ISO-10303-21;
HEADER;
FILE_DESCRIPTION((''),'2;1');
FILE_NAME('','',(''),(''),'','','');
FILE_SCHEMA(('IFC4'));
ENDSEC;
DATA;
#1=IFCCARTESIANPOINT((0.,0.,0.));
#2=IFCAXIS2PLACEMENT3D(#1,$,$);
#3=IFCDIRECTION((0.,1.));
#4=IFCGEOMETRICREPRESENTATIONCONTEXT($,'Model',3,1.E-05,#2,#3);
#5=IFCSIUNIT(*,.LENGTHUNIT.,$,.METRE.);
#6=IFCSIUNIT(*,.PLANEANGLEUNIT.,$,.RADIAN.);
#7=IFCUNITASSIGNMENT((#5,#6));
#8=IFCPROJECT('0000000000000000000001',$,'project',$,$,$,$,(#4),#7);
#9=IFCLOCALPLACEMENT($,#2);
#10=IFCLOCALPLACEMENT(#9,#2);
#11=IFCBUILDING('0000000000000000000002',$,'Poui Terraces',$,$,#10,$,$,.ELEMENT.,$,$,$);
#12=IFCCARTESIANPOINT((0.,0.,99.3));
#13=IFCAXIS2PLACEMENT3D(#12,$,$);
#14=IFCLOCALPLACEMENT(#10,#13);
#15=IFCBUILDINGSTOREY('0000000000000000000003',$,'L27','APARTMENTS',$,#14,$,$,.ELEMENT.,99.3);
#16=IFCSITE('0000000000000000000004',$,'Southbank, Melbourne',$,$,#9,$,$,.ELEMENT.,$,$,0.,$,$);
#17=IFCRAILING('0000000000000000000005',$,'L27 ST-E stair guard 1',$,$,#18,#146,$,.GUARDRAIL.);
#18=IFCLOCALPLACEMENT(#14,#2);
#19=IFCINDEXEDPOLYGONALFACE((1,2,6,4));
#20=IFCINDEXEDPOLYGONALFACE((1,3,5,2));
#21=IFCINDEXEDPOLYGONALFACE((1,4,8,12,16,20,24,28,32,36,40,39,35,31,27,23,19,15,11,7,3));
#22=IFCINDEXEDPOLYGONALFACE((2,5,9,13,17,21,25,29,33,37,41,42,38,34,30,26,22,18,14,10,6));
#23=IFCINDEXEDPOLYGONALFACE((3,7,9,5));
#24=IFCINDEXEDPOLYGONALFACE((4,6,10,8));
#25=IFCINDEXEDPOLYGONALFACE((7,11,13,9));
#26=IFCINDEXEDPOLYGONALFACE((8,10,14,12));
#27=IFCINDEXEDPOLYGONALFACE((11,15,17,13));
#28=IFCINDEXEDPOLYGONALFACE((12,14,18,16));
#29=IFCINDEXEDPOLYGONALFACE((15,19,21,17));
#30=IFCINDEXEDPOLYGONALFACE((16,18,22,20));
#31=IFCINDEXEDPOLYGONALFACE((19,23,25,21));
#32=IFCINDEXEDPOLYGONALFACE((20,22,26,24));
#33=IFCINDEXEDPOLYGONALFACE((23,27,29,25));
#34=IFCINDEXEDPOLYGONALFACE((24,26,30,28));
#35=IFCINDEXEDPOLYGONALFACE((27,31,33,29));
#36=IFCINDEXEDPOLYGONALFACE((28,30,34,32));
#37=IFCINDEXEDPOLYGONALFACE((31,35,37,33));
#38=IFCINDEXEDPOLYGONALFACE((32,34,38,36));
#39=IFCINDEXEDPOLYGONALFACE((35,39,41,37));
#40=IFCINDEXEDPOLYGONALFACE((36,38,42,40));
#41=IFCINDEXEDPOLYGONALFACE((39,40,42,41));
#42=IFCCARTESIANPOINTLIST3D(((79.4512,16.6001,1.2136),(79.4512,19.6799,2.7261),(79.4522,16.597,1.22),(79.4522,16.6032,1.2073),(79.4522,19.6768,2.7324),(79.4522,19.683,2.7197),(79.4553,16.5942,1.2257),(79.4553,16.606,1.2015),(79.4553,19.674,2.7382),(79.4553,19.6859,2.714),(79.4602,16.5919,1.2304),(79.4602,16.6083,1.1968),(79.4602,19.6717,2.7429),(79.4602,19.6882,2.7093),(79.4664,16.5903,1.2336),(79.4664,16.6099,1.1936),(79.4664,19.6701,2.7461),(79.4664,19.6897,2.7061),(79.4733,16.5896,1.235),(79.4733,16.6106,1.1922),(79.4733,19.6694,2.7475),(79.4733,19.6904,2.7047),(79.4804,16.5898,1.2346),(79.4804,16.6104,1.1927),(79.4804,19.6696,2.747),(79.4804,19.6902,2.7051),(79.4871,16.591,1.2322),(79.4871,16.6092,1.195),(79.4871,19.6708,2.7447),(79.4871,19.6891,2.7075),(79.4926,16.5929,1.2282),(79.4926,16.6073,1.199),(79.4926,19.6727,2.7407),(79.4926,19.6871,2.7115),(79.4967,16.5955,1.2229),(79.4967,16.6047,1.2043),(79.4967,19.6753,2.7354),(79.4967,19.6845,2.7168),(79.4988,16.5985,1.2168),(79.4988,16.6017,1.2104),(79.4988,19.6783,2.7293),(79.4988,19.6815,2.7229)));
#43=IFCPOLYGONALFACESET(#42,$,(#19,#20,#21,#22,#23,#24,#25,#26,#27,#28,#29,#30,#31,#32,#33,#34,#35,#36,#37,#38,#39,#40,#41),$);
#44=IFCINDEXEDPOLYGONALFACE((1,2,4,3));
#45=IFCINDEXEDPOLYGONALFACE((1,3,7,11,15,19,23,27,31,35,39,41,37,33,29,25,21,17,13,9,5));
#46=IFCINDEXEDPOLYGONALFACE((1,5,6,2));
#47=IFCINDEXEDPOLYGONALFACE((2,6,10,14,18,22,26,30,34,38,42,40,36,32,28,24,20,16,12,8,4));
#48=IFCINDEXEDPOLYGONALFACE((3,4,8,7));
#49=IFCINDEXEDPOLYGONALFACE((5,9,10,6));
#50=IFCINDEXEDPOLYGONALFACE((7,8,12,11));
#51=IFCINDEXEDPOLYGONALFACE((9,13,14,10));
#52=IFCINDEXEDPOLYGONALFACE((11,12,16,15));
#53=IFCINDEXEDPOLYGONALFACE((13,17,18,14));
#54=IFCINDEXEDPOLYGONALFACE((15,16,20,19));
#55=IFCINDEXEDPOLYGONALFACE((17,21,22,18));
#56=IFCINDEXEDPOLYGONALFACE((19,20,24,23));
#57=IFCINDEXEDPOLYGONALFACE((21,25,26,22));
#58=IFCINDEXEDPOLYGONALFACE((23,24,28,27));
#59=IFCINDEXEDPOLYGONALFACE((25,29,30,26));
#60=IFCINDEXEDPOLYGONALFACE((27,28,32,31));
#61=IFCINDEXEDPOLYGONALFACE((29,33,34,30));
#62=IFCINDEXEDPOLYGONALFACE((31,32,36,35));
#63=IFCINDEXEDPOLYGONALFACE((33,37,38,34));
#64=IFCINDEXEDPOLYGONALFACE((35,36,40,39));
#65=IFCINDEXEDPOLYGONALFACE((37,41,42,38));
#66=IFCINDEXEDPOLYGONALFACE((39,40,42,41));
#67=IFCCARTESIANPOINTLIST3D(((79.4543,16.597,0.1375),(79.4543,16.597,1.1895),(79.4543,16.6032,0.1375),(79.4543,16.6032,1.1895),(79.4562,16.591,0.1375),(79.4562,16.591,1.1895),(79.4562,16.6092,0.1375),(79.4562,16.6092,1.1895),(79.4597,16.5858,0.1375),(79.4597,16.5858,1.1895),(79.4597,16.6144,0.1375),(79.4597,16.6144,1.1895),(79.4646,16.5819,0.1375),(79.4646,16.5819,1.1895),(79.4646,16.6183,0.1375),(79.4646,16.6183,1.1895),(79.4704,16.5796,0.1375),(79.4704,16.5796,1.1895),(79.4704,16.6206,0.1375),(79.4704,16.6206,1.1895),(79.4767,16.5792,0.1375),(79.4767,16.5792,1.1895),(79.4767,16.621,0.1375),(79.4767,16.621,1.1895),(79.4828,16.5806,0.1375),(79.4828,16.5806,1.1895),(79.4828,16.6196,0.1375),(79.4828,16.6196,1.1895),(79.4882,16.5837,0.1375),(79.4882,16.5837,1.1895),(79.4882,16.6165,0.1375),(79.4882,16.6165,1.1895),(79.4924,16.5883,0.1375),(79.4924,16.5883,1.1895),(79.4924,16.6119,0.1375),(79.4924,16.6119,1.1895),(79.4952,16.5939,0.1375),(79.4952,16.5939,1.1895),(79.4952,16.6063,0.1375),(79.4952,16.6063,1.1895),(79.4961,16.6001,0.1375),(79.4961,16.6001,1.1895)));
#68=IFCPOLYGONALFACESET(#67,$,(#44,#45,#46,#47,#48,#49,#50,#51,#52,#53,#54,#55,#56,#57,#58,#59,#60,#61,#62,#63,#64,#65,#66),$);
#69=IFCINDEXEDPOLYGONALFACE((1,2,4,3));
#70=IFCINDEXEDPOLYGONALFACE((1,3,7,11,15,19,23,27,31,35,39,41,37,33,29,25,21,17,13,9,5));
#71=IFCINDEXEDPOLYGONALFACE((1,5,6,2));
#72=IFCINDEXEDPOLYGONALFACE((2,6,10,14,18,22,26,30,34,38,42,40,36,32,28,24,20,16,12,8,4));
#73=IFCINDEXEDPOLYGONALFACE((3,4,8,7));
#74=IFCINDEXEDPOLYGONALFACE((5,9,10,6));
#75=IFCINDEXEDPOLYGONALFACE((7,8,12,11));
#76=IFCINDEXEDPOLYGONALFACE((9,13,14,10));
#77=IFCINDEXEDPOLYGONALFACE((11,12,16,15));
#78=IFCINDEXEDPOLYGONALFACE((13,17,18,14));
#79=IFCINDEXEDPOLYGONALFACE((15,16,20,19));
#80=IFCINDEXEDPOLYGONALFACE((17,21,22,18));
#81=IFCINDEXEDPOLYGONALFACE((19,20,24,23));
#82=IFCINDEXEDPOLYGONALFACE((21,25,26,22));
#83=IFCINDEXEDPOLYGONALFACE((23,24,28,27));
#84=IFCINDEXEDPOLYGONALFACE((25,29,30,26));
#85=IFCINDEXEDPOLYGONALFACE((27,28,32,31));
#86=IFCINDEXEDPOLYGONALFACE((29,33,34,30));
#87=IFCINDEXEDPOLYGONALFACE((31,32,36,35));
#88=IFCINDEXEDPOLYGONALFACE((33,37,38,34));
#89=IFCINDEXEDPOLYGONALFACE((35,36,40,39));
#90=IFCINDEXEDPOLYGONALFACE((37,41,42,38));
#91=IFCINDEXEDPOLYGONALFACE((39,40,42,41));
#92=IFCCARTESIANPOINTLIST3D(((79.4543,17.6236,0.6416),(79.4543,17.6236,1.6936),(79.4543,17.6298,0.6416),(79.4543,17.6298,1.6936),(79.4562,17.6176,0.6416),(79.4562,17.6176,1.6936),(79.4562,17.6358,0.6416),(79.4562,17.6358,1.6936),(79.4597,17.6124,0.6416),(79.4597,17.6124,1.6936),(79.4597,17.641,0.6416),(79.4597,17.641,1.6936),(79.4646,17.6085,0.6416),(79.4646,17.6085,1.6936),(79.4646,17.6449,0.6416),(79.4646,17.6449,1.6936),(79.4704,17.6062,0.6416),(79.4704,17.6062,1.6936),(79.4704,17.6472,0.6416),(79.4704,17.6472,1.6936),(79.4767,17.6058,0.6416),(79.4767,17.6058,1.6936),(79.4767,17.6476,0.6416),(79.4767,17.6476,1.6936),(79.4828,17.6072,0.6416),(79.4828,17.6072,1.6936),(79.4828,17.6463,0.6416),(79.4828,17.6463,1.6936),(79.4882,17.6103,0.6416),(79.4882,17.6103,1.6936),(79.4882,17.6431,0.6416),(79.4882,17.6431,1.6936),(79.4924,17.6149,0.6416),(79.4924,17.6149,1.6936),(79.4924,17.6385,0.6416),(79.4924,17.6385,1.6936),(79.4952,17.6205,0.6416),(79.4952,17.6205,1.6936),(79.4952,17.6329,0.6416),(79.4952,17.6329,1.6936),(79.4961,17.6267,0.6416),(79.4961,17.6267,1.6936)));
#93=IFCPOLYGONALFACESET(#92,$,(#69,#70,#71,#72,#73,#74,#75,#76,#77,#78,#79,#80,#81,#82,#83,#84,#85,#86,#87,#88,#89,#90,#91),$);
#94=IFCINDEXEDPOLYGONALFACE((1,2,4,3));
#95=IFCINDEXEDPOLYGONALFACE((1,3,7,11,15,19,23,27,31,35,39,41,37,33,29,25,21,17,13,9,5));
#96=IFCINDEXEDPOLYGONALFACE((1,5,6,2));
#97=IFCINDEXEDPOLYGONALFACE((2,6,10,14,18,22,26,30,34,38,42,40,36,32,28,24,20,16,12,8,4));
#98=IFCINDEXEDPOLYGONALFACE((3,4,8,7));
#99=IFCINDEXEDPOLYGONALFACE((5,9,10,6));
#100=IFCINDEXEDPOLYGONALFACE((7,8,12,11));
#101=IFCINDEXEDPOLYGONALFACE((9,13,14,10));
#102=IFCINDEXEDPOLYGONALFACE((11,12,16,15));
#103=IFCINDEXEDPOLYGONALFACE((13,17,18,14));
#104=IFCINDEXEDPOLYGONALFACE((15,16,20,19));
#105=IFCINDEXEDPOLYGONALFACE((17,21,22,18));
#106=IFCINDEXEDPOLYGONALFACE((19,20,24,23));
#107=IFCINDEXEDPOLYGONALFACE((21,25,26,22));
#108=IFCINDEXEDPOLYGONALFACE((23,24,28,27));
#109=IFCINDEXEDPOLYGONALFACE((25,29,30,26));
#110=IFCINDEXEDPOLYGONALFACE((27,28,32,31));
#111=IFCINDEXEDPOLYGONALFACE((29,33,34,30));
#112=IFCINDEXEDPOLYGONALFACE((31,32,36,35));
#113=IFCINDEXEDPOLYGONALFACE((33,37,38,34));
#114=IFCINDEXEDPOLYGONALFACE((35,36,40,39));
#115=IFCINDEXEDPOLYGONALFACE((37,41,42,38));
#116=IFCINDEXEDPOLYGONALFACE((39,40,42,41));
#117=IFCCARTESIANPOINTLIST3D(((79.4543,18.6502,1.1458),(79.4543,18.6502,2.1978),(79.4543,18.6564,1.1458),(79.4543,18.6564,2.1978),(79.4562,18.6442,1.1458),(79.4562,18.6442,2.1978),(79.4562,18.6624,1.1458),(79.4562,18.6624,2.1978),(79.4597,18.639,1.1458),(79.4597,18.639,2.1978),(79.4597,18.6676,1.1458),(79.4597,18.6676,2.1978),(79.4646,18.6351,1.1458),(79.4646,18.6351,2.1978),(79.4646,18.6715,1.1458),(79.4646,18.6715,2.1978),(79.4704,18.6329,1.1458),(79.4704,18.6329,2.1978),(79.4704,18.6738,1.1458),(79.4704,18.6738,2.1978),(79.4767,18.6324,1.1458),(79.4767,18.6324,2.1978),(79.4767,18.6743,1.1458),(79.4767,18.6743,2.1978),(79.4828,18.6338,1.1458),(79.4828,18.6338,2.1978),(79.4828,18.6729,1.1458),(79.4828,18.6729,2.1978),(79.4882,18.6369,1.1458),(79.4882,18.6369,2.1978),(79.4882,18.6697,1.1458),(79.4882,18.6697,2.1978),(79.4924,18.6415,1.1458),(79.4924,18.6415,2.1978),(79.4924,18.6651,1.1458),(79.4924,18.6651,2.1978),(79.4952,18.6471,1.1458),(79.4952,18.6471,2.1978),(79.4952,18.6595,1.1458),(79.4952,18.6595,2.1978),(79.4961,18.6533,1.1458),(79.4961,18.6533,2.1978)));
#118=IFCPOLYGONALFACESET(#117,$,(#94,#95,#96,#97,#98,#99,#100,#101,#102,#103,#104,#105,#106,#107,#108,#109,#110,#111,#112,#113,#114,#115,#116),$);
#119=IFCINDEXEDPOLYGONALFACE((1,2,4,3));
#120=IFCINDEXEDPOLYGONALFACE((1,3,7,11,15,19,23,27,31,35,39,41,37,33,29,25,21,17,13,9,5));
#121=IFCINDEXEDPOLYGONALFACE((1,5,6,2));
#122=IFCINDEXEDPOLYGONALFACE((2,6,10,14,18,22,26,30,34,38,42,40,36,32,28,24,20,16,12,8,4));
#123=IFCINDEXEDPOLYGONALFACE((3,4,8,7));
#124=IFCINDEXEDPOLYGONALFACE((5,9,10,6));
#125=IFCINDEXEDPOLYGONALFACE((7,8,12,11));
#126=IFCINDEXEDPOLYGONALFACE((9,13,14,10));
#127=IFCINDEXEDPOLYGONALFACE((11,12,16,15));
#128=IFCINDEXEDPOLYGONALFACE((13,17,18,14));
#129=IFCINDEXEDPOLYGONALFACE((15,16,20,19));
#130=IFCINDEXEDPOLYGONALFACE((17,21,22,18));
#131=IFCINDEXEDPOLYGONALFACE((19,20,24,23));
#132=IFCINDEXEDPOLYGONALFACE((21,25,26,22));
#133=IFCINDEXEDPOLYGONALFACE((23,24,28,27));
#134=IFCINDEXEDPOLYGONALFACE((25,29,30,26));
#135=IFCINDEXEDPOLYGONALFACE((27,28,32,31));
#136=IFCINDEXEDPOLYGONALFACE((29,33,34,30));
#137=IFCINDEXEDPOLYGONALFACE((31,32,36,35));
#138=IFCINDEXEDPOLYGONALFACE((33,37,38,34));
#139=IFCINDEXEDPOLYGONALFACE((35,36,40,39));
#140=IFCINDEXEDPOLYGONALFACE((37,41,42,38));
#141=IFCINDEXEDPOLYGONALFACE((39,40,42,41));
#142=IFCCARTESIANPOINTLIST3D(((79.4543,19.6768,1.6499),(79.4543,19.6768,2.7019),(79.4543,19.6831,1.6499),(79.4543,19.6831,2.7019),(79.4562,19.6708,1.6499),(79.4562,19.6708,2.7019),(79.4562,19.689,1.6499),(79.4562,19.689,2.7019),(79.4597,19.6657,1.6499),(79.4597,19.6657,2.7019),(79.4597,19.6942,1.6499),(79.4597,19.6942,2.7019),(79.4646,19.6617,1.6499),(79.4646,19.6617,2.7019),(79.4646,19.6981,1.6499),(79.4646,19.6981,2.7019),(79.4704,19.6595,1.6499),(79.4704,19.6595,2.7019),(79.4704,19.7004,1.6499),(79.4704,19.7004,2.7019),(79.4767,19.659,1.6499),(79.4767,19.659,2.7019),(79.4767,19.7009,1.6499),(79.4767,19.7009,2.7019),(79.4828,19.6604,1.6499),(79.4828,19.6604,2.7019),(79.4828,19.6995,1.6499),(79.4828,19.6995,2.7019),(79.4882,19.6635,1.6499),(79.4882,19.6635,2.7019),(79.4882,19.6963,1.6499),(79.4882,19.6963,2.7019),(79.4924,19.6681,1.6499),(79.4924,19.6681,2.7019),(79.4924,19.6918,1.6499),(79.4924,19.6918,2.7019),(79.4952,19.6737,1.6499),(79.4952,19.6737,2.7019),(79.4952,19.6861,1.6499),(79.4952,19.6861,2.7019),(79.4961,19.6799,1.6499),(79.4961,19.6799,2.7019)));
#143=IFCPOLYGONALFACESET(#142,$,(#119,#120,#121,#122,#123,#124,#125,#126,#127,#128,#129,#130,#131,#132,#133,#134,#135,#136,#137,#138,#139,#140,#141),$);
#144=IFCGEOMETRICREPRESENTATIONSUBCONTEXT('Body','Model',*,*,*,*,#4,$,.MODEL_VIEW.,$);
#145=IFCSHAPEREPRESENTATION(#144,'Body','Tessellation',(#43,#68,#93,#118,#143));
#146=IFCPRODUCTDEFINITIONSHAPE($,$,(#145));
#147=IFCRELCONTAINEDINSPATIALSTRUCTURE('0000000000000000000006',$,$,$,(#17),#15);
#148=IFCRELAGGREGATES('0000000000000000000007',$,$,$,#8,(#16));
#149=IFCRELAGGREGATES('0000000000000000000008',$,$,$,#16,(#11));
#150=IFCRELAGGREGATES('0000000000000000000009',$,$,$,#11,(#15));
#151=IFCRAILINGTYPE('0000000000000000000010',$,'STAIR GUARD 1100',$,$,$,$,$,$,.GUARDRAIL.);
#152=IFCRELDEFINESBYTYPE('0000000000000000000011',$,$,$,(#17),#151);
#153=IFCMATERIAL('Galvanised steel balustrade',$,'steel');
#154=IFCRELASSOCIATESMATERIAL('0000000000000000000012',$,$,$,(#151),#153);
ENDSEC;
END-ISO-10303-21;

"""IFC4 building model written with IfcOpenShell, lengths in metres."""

from ifc_helpers import new_model, si_unit, direction, frame, origin, origin_2d, place, context, subcontext, project, spatial, circle, extrude, material, type_object, element, save


model = new_model("IFC4")

# Units and contexts
model_context = context("Model", 3, precision=1e-05, world=origin(), true_north=direction((0.0, 1.0)))
body_context = subcontext(model_context, "Body", "Model", "MODEL_VIEW")
ifc_project = project(units=[si_unit("LENGTHUNIT", "METRE"), si_unit("PLANEANGLEUNIT", "RADIAN")], contexts=[model_context])

# Site, building, storey
site_placement = place(None, origin())
site = spatial("IfcSite", under=ifc_project, at=site_placement, Name="Southbank, Melbourne", CompositionType="ELEMENT", RefElevation=0.0)
building_placement = place(site_placement, origin())
building = spatial("IfcBuilding", under=site, at=building_placement, Name="Poui Terraces", CompositionType="ELEMENT")
storey_placement = place(building_placement, frame((0.0, 0.0, 99.3)))
storey = spatial("IfcBuildingStorey", under=building, at=storey_placement, Name="L27", Description="APARTMENTS", CompositionType="ELEMENT", Elevation=99.3)

# Railing
ifc_material_1 = material(Name="Galvanised steel balustrade", Category="steel")
railing_type_1 = type_object("IfcRailingType", Name="STAIR GUARD 1100", PredefinedType="GUARDRAIL", material=ifc_material_1)
for number, where, name in (
    (1, (79.4751, 16.6001, 0.1375), "L27 ST-E stair guard 1"),
):
    element("IfcRailing", number, at=place(storey_placement, frame(where)), inside=storey, type_object=railing_type_1, Name=name, PredefinedType="GUARDRAIL", context=body_context, shape_type="SweptSolid", body=[
        extrude(circle(Radius=0.0239, at=origin_2d()), frame((0.0, 0.0, 1.0762), z_axis=(0.0, 0.897606, 0.440798), x_axis=(-1.0, 0.0, 0.0)), (0.0, 0.0, 1.0), 3.4312),
        extrude(circle(Radius=0.021, at=origin_2d()), origin(), (0.0, 0.0, 1.0), 1.052),
        extrude(circle(Radius=0.021, at=origin_2d()), frame((0.0, 1.0266, 0.5042)), (0.0, 0.0, 1.0), 1.052),
        extrude(circle(Radius=0.021, at=origin_2d()), frame((0.0, 2.0532, 1.0083)), (0.0, 0.0, 1.0), 1.052),
        extrude(circle(Radius=0.021, at=origin_2d()), frame((0.0, 3.0798, 1.5125)), (0.0, 0.0, 1.0), 1.052),
    ])

save(model, "model.ifc")
